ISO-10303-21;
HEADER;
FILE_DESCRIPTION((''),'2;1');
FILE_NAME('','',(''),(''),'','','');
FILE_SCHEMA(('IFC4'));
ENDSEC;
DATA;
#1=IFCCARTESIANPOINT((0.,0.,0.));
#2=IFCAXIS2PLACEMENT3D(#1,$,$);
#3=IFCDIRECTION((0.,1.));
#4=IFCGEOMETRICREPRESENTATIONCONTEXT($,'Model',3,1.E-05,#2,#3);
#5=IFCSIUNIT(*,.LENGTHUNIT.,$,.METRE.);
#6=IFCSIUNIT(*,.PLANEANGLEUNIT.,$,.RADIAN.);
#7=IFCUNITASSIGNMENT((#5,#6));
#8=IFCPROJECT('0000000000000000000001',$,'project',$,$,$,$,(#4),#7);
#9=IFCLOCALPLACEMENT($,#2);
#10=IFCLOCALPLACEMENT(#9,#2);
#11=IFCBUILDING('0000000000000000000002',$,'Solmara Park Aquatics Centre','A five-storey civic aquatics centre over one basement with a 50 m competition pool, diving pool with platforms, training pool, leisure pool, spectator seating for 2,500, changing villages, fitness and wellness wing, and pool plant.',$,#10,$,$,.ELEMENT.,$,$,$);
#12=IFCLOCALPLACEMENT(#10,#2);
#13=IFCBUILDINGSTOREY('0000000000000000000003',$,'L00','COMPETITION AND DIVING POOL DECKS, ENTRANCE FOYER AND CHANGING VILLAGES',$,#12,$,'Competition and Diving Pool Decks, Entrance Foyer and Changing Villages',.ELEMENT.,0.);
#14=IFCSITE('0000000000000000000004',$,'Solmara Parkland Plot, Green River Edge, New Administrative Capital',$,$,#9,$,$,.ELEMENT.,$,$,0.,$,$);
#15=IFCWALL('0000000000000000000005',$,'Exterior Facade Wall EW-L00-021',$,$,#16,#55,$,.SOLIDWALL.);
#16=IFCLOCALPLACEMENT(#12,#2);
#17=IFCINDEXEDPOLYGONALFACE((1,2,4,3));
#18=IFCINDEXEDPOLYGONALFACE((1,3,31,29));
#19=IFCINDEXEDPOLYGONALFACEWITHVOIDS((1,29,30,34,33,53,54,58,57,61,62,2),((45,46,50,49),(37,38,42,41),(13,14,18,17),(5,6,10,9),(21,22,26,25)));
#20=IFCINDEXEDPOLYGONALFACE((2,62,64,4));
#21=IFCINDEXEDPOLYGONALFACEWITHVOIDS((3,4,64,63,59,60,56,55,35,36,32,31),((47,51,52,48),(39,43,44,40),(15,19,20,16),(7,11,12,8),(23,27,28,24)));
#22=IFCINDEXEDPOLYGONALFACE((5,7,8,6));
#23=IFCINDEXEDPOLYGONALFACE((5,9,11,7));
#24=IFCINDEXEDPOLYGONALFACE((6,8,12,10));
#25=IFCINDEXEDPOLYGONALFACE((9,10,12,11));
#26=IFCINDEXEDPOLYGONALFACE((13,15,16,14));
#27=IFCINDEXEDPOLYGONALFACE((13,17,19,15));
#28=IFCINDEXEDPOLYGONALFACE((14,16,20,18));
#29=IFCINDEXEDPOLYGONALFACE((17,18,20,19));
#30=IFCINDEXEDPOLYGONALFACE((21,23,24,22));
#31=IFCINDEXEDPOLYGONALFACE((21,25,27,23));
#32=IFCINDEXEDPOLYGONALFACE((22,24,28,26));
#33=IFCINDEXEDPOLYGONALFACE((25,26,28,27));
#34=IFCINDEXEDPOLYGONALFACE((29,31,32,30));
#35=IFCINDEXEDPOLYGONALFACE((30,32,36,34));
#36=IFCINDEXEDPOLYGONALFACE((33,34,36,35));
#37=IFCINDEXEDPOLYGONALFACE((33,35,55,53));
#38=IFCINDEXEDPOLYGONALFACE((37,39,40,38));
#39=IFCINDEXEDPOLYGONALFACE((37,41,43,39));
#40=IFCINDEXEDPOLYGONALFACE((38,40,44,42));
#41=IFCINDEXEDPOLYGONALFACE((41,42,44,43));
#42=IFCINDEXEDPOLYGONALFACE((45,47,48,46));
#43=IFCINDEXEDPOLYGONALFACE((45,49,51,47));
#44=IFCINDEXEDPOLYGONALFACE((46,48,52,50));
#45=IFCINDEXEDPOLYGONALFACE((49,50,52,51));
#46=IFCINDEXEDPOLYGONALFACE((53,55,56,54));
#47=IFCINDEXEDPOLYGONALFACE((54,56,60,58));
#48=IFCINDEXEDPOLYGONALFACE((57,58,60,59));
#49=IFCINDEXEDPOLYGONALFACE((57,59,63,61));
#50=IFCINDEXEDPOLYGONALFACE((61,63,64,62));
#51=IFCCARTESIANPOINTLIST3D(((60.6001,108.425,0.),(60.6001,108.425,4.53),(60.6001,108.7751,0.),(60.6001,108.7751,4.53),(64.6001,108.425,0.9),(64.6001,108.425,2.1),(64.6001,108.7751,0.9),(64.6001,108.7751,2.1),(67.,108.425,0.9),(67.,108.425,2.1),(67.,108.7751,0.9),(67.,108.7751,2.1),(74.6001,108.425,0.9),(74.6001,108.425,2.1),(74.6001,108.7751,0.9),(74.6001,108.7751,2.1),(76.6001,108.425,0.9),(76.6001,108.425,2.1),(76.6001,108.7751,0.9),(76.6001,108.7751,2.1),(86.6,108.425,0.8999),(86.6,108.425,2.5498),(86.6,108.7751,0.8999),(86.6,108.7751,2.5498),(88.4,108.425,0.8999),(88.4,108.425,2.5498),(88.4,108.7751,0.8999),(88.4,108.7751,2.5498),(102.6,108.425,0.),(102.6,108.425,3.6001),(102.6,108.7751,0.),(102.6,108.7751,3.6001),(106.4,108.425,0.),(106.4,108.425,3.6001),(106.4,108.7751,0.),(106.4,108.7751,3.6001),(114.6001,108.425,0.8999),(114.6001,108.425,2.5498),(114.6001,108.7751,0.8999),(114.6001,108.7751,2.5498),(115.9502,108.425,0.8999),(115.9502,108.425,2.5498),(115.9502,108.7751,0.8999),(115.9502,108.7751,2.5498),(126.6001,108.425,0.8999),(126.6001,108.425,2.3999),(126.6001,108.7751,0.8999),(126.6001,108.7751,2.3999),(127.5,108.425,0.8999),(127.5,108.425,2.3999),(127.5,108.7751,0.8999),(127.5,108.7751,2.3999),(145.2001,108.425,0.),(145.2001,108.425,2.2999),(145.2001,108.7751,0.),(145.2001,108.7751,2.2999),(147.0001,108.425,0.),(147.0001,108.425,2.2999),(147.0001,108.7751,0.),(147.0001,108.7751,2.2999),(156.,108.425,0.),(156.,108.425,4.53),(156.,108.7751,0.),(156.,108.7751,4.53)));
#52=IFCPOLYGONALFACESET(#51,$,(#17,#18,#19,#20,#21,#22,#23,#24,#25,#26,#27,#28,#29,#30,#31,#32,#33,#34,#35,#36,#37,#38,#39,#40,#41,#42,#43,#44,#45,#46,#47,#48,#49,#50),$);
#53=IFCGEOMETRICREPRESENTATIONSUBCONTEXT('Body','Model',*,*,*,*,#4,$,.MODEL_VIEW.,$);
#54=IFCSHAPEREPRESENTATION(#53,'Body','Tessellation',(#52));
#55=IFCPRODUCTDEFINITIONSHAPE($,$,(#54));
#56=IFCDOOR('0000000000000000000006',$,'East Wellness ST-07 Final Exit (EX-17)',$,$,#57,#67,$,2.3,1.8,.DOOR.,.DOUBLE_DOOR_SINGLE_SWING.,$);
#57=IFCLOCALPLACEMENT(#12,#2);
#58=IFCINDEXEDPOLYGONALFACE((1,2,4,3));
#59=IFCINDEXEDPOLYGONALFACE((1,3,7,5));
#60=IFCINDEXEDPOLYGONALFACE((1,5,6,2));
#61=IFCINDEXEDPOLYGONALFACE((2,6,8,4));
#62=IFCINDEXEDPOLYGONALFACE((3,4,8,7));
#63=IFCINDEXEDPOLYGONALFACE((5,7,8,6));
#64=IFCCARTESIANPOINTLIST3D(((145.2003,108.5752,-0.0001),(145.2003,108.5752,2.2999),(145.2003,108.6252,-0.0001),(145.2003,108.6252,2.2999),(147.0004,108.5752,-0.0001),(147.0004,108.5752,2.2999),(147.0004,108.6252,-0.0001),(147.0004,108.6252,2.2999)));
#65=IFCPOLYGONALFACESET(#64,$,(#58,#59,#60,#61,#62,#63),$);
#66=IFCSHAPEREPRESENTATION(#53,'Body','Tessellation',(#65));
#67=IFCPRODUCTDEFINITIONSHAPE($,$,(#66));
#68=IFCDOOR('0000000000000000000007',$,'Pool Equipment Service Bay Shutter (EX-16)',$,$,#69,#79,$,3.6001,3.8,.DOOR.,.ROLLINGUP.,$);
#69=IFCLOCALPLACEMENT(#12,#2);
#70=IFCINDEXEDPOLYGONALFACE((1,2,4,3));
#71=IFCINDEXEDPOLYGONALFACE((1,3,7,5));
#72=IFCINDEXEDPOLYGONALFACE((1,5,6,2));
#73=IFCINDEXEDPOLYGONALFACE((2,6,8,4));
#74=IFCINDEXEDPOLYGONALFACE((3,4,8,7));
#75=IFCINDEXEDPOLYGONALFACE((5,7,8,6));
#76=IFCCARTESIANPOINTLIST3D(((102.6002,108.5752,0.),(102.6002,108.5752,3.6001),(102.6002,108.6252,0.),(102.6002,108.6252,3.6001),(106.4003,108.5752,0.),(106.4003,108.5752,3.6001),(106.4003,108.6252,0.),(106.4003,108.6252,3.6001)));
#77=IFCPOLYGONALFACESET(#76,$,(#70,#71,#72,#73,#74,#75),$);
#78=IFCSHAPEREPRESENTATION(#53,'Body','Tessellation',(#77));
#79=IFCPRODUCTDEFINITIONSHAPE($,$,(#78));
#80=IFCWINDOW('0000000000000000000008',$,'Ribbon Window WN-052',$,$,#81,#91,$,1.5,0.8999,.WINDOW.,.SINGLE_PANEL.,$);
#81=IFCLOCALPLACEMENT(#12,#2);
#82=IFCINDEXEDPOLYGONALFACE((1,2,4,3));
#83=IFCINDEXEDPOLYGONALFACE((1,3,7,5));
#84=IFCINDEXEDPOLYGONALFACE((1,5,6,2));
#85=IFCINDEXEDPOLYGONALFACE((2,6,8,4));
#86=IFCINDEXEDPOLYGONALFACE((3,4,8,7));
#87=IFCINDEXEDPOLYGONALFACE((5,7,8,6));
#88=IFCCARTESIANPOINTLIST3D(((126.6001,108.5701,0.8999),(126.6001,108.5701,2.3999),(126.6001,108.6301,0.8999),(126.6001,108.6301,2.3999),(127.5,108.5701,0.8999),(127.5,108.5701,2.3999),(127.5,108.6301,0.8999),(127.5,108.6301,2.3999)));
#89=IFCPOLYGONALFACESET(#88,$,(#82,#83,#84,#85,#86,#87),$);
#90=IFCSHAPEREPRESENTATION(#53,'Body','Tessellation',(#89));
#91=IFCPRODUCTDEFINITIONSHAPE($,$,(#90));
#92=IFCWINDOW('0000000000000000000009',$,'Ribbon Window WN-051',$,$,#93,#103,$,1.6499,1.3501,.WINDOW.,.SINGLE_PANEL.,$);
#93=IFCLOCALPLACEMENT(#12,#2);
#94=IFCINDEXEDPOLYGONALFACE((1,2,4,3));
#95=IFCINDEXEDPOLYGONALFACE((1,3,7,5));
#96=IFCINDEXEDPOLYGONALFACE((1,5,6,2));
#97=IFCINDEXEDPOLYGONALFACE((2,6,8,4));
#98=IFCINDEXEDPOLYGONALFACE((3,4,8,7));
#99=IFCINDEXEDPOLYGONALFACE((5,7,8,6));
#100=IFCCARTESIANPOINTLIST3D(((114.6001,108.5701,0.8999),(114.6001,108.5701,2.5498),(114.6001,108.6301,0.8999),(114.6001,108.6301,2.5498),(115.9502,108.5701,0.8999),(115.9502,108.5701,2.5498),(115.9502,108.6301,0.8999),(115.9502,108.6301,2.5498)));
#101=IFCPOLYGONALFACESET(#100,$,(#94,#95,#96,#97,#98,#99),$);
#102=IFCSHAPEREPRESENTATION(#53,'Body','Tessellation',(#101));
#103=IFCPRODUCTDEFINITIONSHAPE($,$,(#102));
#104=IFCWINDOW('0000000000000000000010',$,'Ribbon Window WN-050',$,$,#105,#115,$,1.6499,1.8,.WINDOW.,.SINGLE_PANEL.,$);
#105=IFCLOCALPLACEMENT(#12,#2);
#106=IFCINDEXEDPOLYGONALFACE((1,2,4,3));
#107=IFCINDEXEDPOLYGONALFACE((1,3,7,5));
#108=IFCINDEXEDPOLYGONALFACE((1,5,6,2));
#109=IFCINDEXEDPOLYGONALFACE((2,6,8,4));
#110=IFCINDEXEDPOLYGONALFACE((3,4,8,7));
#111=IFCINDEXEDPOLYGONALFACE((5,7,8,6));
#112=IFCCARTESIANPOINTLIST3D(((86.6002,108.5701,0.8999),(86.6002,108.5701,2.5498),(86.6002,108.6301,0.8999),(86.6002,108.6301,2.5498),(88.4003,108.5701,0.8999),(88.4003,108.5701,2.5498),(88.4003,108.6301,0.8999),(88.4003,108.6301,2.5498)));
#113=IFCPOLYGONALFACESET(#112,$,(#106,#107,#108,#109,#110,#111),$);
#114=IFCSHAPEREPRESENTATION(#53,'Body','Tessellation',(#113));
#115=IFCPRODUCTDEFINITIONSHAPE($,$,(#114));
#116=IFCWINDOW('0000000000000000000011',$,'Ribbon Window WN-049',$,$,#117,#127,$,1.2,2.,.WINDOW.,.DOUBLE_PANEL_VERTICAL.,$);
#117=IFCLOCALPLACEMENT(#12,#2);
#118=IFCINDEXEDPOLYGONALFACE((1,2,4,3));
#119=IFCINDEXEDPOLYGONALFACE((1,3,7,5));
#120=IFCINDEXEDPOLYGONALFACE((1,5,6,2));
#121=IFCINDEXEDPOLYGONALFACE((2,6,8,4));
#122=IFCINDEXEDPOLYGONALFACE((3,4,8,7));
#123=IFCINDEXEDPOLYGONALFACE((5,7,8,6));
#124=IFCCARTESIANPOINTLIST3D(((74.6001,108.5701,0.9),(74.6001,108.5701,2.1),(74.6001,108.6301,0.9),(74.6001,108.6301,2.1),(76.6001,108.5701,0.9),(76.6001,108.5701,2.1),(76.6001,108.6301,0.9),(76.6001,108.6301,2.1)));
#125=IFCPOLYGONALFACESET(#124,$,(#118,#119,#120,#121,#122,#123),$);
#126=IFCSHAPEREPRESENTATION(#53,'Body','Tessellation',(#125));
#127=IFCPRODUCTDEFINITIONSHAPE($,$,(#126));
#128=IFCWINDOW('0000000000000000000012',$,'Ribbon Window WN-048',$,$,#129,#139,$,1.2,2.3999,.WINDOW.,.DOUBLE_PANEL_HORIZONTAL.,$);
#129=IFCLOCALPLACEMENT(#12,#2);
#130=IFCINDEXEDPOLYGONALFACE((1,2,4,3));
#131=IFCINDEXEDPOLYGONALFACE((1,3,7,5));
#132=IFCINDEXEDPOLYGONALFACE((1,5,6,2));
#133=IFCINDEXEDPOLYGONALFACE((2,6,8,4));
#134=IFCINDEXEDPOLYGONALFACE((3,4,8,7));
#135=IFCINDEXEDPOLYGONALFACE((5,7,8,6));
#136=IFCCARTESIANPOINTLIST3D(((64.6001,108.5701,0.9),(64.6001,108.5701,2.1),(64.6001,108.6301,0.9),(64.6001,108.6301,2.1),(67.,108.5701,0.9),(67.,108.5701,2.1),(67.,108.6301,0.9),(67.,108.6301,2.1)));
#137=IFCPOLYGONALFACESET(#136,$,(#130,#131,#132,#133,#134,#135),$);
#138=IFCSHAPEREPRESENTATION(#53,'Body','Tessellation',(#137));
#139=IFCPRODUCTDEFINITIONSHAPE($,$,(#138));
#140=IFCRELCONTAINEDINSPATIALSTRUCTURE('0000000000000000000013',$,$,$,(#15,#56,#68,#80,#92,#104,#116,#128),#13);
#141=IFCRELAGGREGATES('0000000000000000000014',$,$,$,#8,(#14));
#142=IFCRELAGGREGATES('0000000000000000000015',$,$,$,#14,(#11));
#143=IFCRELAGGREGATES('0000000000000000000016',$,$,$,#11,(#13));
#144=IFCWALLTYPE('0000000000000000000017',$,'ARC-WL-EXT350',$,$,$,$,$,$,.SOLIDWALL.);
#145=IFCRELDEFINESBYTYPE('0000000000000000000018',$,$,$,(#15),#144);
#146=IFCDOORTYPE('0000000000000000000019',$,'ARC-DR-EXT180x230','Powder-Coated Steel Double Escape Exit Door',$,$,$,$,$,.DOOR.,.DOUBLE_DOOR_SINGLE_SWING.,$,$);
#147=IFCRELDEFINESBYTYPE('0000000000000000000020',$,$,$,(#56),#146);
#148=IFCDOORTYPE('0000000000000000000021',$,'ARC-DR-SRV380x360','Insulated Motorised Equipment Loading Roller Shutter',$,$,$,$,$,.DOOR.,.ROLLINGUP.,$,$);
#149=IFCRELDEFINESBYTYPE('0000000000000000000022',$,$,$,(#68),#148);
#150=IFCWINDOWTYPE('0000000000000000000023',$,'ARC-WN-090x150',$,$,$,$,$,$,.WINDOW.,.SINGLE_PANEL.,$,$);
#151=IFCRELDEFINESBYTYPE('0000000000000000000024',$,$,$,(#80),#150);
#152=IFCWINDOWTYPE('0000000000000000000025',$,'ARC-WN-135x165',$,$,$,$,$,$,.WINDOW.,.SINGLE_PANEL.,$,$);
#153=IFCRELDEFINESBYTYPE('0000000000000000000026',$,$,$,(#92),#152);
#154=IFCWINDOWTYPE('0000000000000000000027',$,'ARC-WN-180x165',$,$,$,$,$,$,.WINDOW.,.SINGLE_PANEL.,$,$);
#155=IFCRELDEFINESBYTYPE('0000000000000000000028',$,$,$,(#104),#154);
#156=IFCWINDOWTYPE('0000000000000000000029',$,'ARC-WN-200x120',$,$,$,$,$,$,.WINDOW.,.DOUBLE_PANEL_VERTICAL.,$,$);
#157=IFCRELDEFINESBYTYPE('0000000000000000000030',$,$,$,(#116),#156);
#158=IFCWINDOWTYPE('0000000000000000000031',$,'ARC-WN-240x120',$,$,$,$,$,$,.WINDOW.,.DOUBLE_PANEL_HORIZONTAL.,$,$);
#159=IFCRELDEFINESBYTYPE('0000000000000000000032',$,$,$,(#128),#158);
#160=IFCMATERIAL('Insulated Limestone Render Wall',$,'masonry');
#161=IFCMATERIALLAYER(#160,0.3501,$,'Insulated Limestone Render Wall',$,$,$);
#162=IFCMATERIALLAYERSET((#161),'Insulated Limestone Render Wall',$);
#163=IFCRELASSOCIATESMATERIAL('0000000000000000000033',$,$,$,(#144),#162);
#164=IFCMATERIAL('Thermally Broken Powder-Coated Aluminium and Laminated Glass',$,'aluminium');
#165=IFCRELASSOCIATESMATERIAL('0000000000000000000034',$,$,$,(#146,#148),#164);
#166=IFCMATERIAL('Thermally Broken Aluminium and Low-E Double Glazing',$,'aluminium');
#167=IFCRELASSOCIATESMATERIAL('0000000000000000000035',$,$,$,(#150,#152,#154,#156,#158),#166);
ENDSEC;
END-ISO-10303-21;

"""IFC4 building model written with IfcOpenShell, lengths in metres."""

from ifc_helpers import new_model, si_unit, direction, frame, frame_2d, origin, place, context, subcontext, project, spatial, rectangle, extrude, material, layer, layer_set, type_object, element, fill, save


model = new_model("IFC4")

# Units and contexts
model_context = context("Model", 3, precision=1e-05, world=origin(), true_north=direction((0.0, 1.0)))
body_context = subcontext(model_context, "Body", "Model", "MODEL_VIEW")
ifc_project = project(units=[si_unit("LENGTHUNIT", "METRE"), si_unit("PLANEANGLEUNIT", "RADIAN")], contexts=[model_context])

# Site, building, storey
site_placement = place(None, origin())
site = spatial("IfcSite", under=ifc_project, at=site_placement, Name="Solmara Parkland Plot, Green River Edge, New Administrative Capital", CompositionType="ELEMENT", RefElevation=0.0)
building_placement = place(site_placement, origin())
building = spatial("IfcBuilding", under=site, at=building_placement, Name="Solmara Park Aquatics Centre", Description="A five-storey civic aquatics centre over one basement with a 50 m competition pool, diving pool with platforms, training pool, leisure pool, spectator seating for 2,500, changing villages, fitness and wellness wing, and pool plant.", CompositionType="ELEMENT")
storey_placement = place(building_placement, origin())
storey = spatial("IfcBuildingStorey", under=building, at=storey_placement, Name="L00", Description="COMPETITION AND DIVING POOL DECKS, ENTRANCE FOYER AND CHANGING VILLAGES", LongName="Competition and Diving Pool Decks, Entrance Foyer and Changing Villages", CompositionType="ELEMENT", Elevation=0.0)

# Wall, openings, doors, windows
ifc_material_1 = material(Name="Insulated Limestone Render Wall", Category="masonry")
ifc_layer_1 = layer(ifc_material_1, 0.3501, Name="Insulated Limestone Render Wall")
ifc_layer_set_1 = layer_set([ifc_layer_1], Name="Insulated Limestone Render Wall")
wall_type_1 = type_object("IfcWallType", Name="ARC-WL-EXT350", PredefinedType="SOLIDWALL", material=ifc_layer_set_1)
wall_1_placement = place(storey_placement, frame((60.6001, 108.6001, 0.0), z_axis=(0.0, 0.0, 1.0), x_axis=(1.0, 0.0, 0.0)))
wall_1 = element("IfcWall", 1, at=wall_1_placement, inside=storey, type_object=wall_type_1, Name="Exterior Facade Wall EW-L00-021", PredefinedType="SOLIDWALL", context=body_context, shape_type="SweptSolid", body=[
    extrude(rectangle(XDim=95.3999, YDim=0.3501, at=frame_2d((47.7, 0.0))), origin(), (0.0, 0.0, 1.0), 4.53),
])
opening_1_placement = place(wall_1_placement, frame((42.0, 0.0, 0.0)))
opening_1 = element("IfcOpeningElement", 2, at=opening_1_placement, cuts=wall_1, PredefinedType="OPENING", context=body_context, shape_type="SweptSolid", body=[
    extrude(rectangle(XDim=3.8, YDim=3.6001, at=frame_2d((1.8999, 1.8))), frame((0.0, 0.1851, 0.0), z_axis=(0.0, -1.0, 0.0), x_axis=(1.0, 0.0, 0.0)), (0.0, 0.0, 1.0), 0.3701),
])
opening_2_placement = place(wall_1_placement, frame((84.6001, 0.0, 0.0)))
opening_2 = element("IfcOpeningElement", 3, at=opening_2_placement, cuts=wall_1, PredefinedType="OPENING", context=body_context, shape_type="SweptSolid", body=[
    extrude(rectangle(XDim=1.8, YDim=2.3, at=frame_2d((0.8999, 1.1499))), frame((0.0, 0.1851, 0.0), z_axis=(0.0, -1.0, 0.0), x_axis=(1.0, 0.0, 0.0)), (0.0, 0.0, 1.0), 0.3701),
])
opening_3_placement = place(wall_1_placement, frame((4.0, 0.0, 0.8999)))
opening_3 = element("IfcOpeningElement", 4, at=opening_3_placement, cuts=wall_1, PredefinedType="OPENING", context=body_context, shape_type="SweptSolid", body=[
    extrude(rectangle(XDim=2.3999, YDim=1.2, at=frame_2d((1.2, 0.6001))), frame((0.0, 0.1851, 0.0), z_axis=(0.0, -1.0, 0.0), x_axis=(1.0, 0.0, 0.0)), (0.0, 0.0, 1.0), 0.3701),
])
opening_4_placement = place(wall_1_placement, frame((14.0, 0.0, 0.8999)))
opening_4 = element("IfcOpeningElement", 5, at=opening_4_placement, cuts=wall_1, PredefinedType="OPENING", context=body_context, shape_type="SweptSolid", body=[
    extrude(rectangle(XDim=2.0, YDim=1.2, at=frame_2d((1.0, 0.6001))), frame((0.0, 0.1851, 0.0), z_axis=(0.0, -1.0, 0.0), x_axis=(1.0, 0.0, 0.0)), (0.0, 0.0, 1.0), 0.3701),
])
opening_5_placement = place(wall_1_placement, frame((26.0, 0.0, 0.8999)))
opening_5 = element("IfcOpeningElement", 6, at=opening_5_placement, cuts=wall_1, PredefinedType="OPENING", context=body_context, shape_type="SweptSolid", body=[
    extrude(rectangle(XDim=1.8, YDim=1.6499, at=frame_2d((0.8999, 0.825))), frame((0.0, 0.1851, 0.0), z_axis=(0.0, -1.0, 0.0), x_axis=(1.0, 0.0, 0.0)), (0.0, 0.0, 1.0), 0.3701),
])
opening_6_placement = place(wall_1_placement, frame((54.0, 0.0, 0.8999)))
opening_6 = element("IfcOpeningElement", 7, at=opening_6_placement, cuts=wall_1, PredefinedType="OPENING", context=body_context, shape_type="SweptSolid", body=[
    extrude(rectangle(XDim=1.3501, YDim=1.6499, at=frame_2d((0.675, 0.825))), frame((0.0, 0.1851, 0.0), z_axis=(0.0, -1.0, 0.0), x_axis=(1.0, 0.0, 0.0)), (0.0, 0.0, 1.0), 0.3701),
])
opening_7_placement = place(wall_1_placement, frame((66.0, 0.0, 0.8999)))
opening_7 = element("IfcOpeningElement", 8, at=opening_7_placement, cuts=wall_1, PredefinedType="OPENING", context=body_context, shape_type="SweptSolid", body=[
    extrude(rectangle(XDim=0.8999, YDim=1.5, at=frame_2d((0.45, 0.75))), frame((0.0, 0.1851, 0.0), z_axis=(0.0, -1.0, 0.0), x_axis=(1.0, 0.0, 0.0)), (0.0, 0.0, 1.0), 0.3701),
])
ifc_material_2 = material(Name="Thermally Broken Powder-Coated Aluminium and Laminated Glass", Category="aluminium")
door_type_1 = type_object("IfcDoorType", Name="ARC-DR-EXT180x230", Description="Powder-Coated Steel Double Escape Exit Door", OperationType="DOUBLE_DOOR_SINGLE_SWING", PredefinedType="DOOR", material=ifc_material_2)
door_1_placement = place(opening_2_placement, frame((1.8, 0.0, 0.0), z_axis=(0.0, 0.0, 1.0), x_axis=(-1.0, 0.0, 0.0)))
door_1 = element("IfcDoor", 9, at=door_1_placement, inside=storey, type_object=door_type_1, Name="East Wellness ST-07 Final Exit (EX-17)", OperationType="DOUBLE_DOOR_SINGLE_SWING", OverallHeight=2.3, OverallWidth=1.8, PredefinedType="DOOR", context=body_context, shape_type="SweptSolid", body=[
    extrude(rectangle(XDim=1.8, YDim=2.3, at=frame_2d((0.8999, 1.1499))), frame((0.0, 0.0249, 0.0), z_axis=(0.0, -1.0, 0.0), x_axis=(1.0, 0.0, 0.0)), (0.0, 0.0, 1.0), 0.05),
])
fill(opening_2, door_1)
door_type_2 = type_object("IfcDoorType", Name="ARC-DR-SRV380x360", Description="Insulated Motorised Equipment Loading Roller Shutter", OperationType="ROLLINGUP", PredefinedType="DOOR", material=ifc_material_2)
door_2_placement = place(opening_1_placement, frame((3.8, 0.0, 0.0), z_axis=(0.0, 0.0, 1.0), x_axis=(-1.0, 0.0, 0.0)))
door_2 = element("IfcDoor", 10, at=door_2_placement, inside=storey, type_object=door_type_2, Name="Pool Equipment Service Bay Shutter (EX-16)", OperationType="ROLLINGUP", OverallHeight=3.6001, OverallWidth=3.8, PredefinedType="DOOR", context=body_context, shape_type="SweptSolid", body=[
    extrude(rectangle(XDim=3.8, YDim=3.6001, at=frame_2d((1.8999, 1.8))), frame((0.0, 0.0249, 0.0), z_axis=(0.0, -1.0, 0.0), x_axis=(1.0, 0.0, 0.0)), (0.0, 0.0, 1.0), 0.05),
])
fill(opening_1, door_2)
ifc_material_3 = material(Name="Thermally Broken Aluminium and Low-E Double Glazing", Category="aluminium")
window_type_1 = type_object("IfcWindowType", Name="ARC-WN-090x150", PartitioningType="SINGLE_PANEL", PredefinedType="WINDOW", material=ifc_material_3)
window_1_placement = place(opening_7_placement, frame((0.8999, 0.0, 0.0), z_axis=(0.0, 0.0, 1.0), x_axis=(-1.0, 0.0, 0.0)))
window_1 = element("IfcWindow", 11, at=window_1_placement, inside=storey, type_object=window_type_1, Name="Ribbon Window WN-052", OverallHeight=1.5, OverallWidth=0.8999, PartitioningType="SINGLE_PANEL", PredefinedType="WINDOW", context=body_context, shape_type="SweptSolid", body=[
    extrude(rectangle(XDim=0.8999, YDim=1.5, at=frame_2d((0.45, 0.75))), frame((0.0, 0.03, 0.0), z_axis=(0.0, -1.0, 0.0), x_axis=(1.0, 0.0, 0.0)), (0.0, 0.0, 1.0), 0.0601),
])
fill(opening_7, window_1)
window_type_2 = type_object("IfcWindowType", Name="ARC-WN-135x165", PartitioningType="SINGLE_PANEL", PredefinedType="WINDOW", material=ifc_material_3)
window_2_placement = place(opening_6_placement, frame((1.3501, 0.0, 0.0), z_axis=(0.0, 0.0, 1.0), x_axis=(-1.0, 0.0, 0.0)))
window_2 = element("IfcWindow", 12, at=window_2_placement, inside=storey, type_object=window_type_2, Name="Ribbon Window WN-051", OverallHeight=1.6499, OverallWidth=1.3501, PartitioningType="SINGLE_PANEL", PredefinedType="WINDOW", context=body_context, shape_type="SweptSolid", body=[
    extrude(rectangle(XDim=1.3501, YDim=1.6499, at=frame_2d((0.675, 0.825))), frame((0.0, 0.03, 0.0), z_axis=(0.0, -1.0, 0.0), x_axis=(1.0, 0.0, 0.0)), (0.0, 0.0, 1.0), 0.0601),
])
fill(opening_6, window_2)
window_type_3 = type_object("IfcWindowType", Name="ARC-WN-180x165", PartitioningType="SINGLE_PANEL", PredefinedType="WINDOW", material=ifc_material_3)
window_3_placement = place(opening_5_placement, frame((1.8, 0.0, 0.0), z_axis=(0.0, 0.0, 1.0), x_axis=(-1.0, 0.0, 0.0)))
window_3 = element("IfcWindow", 13, at=window_3_placement, inside=storey, type_object=window_type_3, Name="Ribbon Window WN-050", OverallHeight=1.6499, OverallWidth=1.8, PartitioningType="SINGLE_PANEL", PredefinedType="WINDOW", context=body_context, shape_type="SweptSolid", body=[
    extrude(rectangle(XDim=1.8, YDim=1.6499, at=frame_2d((0.8999, 0.825))), frame((0.0, 0.03, 0.0), z_axis=(0.0, -1.0, 0.0), x_axis=(1.0, 0.0, 0.0)), (0.0, 0.0, 1.0), 0.0601),
])
fill(opening_5, window_3)
window_type_4 = type_object("IfcWindowType", Name="ARC-WN-200x120", PartitioningType="DOUBLE_PANEL_VERTICAL", PredefinedType="WINDOW", material=ifc_material_3)
window_4_placement = place(opening_4_placement, frame((2.0, 0.0, 0.0), z_axis=(0.0, 0.0, 1.0), x_axis=(-1.0, 0.0, 0.0)))
window_4 = element("IfcWindow", 14, at=window_4_placement, inside=storey, type_object=window_type_4, Name="Ribbon Window WN-049", OverallHeight=1.2, OverallWidth=2.0, PartitioningType="DOUBLE_PANEL_VERTICAL", PredefinedType="WINDOW", context=body_context, shape_type="SweptSolid", body=[
    extrude(rectangle(XDim=2.0, YDim=1.2, at=frame_2d((1.0, 0.6001))), frame((0.0, 0.03, 0.0), z_axis=(0.0, -1.0, 0.0), x_axis=(1.0, 0.0, 0.0)), (0.0, 0.0, 1.0), 0.0601),
])
fill(opening_4, window_4)
window_type_5 = type_object("IfcWindowType", Name="ARC-WN-240x120", PartitioningType="DOUBLE_PANEL_HORIZONTAL", PredefinedType="WINDOW", material=ifc_material_3)
window_5_placement = place(opening_3_placement, frame((2.3999, 0.0, 0.0), z_axis=(0.0, 0.0, 1.0), x_axis=(-1.0, 0.0, 0.0)))
window_5 = element("IfcWindow", 15, at=window_5_placement, inside=storey, type_object=window_type_5, Name="Ribbon Window WN-048", OverallHeight=1.2, OverallWidth=2.3999, PartitioningType="DOUBLE_PANEL_HORIZONTAL", PredefinedType="WINDOW", context=body_context, shape_type="SweptSolid", body=[
    extrude(rectangle(XDim=2.3999, YDim=1.2, at=frame_2d((1.2, 0.6001))), frame((0.0, 0.03, 0.0), z_axis=(0.0, -1.0, 0.0), x_axis=(1.0, 0.0, 0.0)), (0.0, 0.0, 1.0), 0.0601),
])
fill(opening_3, window_5)

save(model, "model.ifc")
